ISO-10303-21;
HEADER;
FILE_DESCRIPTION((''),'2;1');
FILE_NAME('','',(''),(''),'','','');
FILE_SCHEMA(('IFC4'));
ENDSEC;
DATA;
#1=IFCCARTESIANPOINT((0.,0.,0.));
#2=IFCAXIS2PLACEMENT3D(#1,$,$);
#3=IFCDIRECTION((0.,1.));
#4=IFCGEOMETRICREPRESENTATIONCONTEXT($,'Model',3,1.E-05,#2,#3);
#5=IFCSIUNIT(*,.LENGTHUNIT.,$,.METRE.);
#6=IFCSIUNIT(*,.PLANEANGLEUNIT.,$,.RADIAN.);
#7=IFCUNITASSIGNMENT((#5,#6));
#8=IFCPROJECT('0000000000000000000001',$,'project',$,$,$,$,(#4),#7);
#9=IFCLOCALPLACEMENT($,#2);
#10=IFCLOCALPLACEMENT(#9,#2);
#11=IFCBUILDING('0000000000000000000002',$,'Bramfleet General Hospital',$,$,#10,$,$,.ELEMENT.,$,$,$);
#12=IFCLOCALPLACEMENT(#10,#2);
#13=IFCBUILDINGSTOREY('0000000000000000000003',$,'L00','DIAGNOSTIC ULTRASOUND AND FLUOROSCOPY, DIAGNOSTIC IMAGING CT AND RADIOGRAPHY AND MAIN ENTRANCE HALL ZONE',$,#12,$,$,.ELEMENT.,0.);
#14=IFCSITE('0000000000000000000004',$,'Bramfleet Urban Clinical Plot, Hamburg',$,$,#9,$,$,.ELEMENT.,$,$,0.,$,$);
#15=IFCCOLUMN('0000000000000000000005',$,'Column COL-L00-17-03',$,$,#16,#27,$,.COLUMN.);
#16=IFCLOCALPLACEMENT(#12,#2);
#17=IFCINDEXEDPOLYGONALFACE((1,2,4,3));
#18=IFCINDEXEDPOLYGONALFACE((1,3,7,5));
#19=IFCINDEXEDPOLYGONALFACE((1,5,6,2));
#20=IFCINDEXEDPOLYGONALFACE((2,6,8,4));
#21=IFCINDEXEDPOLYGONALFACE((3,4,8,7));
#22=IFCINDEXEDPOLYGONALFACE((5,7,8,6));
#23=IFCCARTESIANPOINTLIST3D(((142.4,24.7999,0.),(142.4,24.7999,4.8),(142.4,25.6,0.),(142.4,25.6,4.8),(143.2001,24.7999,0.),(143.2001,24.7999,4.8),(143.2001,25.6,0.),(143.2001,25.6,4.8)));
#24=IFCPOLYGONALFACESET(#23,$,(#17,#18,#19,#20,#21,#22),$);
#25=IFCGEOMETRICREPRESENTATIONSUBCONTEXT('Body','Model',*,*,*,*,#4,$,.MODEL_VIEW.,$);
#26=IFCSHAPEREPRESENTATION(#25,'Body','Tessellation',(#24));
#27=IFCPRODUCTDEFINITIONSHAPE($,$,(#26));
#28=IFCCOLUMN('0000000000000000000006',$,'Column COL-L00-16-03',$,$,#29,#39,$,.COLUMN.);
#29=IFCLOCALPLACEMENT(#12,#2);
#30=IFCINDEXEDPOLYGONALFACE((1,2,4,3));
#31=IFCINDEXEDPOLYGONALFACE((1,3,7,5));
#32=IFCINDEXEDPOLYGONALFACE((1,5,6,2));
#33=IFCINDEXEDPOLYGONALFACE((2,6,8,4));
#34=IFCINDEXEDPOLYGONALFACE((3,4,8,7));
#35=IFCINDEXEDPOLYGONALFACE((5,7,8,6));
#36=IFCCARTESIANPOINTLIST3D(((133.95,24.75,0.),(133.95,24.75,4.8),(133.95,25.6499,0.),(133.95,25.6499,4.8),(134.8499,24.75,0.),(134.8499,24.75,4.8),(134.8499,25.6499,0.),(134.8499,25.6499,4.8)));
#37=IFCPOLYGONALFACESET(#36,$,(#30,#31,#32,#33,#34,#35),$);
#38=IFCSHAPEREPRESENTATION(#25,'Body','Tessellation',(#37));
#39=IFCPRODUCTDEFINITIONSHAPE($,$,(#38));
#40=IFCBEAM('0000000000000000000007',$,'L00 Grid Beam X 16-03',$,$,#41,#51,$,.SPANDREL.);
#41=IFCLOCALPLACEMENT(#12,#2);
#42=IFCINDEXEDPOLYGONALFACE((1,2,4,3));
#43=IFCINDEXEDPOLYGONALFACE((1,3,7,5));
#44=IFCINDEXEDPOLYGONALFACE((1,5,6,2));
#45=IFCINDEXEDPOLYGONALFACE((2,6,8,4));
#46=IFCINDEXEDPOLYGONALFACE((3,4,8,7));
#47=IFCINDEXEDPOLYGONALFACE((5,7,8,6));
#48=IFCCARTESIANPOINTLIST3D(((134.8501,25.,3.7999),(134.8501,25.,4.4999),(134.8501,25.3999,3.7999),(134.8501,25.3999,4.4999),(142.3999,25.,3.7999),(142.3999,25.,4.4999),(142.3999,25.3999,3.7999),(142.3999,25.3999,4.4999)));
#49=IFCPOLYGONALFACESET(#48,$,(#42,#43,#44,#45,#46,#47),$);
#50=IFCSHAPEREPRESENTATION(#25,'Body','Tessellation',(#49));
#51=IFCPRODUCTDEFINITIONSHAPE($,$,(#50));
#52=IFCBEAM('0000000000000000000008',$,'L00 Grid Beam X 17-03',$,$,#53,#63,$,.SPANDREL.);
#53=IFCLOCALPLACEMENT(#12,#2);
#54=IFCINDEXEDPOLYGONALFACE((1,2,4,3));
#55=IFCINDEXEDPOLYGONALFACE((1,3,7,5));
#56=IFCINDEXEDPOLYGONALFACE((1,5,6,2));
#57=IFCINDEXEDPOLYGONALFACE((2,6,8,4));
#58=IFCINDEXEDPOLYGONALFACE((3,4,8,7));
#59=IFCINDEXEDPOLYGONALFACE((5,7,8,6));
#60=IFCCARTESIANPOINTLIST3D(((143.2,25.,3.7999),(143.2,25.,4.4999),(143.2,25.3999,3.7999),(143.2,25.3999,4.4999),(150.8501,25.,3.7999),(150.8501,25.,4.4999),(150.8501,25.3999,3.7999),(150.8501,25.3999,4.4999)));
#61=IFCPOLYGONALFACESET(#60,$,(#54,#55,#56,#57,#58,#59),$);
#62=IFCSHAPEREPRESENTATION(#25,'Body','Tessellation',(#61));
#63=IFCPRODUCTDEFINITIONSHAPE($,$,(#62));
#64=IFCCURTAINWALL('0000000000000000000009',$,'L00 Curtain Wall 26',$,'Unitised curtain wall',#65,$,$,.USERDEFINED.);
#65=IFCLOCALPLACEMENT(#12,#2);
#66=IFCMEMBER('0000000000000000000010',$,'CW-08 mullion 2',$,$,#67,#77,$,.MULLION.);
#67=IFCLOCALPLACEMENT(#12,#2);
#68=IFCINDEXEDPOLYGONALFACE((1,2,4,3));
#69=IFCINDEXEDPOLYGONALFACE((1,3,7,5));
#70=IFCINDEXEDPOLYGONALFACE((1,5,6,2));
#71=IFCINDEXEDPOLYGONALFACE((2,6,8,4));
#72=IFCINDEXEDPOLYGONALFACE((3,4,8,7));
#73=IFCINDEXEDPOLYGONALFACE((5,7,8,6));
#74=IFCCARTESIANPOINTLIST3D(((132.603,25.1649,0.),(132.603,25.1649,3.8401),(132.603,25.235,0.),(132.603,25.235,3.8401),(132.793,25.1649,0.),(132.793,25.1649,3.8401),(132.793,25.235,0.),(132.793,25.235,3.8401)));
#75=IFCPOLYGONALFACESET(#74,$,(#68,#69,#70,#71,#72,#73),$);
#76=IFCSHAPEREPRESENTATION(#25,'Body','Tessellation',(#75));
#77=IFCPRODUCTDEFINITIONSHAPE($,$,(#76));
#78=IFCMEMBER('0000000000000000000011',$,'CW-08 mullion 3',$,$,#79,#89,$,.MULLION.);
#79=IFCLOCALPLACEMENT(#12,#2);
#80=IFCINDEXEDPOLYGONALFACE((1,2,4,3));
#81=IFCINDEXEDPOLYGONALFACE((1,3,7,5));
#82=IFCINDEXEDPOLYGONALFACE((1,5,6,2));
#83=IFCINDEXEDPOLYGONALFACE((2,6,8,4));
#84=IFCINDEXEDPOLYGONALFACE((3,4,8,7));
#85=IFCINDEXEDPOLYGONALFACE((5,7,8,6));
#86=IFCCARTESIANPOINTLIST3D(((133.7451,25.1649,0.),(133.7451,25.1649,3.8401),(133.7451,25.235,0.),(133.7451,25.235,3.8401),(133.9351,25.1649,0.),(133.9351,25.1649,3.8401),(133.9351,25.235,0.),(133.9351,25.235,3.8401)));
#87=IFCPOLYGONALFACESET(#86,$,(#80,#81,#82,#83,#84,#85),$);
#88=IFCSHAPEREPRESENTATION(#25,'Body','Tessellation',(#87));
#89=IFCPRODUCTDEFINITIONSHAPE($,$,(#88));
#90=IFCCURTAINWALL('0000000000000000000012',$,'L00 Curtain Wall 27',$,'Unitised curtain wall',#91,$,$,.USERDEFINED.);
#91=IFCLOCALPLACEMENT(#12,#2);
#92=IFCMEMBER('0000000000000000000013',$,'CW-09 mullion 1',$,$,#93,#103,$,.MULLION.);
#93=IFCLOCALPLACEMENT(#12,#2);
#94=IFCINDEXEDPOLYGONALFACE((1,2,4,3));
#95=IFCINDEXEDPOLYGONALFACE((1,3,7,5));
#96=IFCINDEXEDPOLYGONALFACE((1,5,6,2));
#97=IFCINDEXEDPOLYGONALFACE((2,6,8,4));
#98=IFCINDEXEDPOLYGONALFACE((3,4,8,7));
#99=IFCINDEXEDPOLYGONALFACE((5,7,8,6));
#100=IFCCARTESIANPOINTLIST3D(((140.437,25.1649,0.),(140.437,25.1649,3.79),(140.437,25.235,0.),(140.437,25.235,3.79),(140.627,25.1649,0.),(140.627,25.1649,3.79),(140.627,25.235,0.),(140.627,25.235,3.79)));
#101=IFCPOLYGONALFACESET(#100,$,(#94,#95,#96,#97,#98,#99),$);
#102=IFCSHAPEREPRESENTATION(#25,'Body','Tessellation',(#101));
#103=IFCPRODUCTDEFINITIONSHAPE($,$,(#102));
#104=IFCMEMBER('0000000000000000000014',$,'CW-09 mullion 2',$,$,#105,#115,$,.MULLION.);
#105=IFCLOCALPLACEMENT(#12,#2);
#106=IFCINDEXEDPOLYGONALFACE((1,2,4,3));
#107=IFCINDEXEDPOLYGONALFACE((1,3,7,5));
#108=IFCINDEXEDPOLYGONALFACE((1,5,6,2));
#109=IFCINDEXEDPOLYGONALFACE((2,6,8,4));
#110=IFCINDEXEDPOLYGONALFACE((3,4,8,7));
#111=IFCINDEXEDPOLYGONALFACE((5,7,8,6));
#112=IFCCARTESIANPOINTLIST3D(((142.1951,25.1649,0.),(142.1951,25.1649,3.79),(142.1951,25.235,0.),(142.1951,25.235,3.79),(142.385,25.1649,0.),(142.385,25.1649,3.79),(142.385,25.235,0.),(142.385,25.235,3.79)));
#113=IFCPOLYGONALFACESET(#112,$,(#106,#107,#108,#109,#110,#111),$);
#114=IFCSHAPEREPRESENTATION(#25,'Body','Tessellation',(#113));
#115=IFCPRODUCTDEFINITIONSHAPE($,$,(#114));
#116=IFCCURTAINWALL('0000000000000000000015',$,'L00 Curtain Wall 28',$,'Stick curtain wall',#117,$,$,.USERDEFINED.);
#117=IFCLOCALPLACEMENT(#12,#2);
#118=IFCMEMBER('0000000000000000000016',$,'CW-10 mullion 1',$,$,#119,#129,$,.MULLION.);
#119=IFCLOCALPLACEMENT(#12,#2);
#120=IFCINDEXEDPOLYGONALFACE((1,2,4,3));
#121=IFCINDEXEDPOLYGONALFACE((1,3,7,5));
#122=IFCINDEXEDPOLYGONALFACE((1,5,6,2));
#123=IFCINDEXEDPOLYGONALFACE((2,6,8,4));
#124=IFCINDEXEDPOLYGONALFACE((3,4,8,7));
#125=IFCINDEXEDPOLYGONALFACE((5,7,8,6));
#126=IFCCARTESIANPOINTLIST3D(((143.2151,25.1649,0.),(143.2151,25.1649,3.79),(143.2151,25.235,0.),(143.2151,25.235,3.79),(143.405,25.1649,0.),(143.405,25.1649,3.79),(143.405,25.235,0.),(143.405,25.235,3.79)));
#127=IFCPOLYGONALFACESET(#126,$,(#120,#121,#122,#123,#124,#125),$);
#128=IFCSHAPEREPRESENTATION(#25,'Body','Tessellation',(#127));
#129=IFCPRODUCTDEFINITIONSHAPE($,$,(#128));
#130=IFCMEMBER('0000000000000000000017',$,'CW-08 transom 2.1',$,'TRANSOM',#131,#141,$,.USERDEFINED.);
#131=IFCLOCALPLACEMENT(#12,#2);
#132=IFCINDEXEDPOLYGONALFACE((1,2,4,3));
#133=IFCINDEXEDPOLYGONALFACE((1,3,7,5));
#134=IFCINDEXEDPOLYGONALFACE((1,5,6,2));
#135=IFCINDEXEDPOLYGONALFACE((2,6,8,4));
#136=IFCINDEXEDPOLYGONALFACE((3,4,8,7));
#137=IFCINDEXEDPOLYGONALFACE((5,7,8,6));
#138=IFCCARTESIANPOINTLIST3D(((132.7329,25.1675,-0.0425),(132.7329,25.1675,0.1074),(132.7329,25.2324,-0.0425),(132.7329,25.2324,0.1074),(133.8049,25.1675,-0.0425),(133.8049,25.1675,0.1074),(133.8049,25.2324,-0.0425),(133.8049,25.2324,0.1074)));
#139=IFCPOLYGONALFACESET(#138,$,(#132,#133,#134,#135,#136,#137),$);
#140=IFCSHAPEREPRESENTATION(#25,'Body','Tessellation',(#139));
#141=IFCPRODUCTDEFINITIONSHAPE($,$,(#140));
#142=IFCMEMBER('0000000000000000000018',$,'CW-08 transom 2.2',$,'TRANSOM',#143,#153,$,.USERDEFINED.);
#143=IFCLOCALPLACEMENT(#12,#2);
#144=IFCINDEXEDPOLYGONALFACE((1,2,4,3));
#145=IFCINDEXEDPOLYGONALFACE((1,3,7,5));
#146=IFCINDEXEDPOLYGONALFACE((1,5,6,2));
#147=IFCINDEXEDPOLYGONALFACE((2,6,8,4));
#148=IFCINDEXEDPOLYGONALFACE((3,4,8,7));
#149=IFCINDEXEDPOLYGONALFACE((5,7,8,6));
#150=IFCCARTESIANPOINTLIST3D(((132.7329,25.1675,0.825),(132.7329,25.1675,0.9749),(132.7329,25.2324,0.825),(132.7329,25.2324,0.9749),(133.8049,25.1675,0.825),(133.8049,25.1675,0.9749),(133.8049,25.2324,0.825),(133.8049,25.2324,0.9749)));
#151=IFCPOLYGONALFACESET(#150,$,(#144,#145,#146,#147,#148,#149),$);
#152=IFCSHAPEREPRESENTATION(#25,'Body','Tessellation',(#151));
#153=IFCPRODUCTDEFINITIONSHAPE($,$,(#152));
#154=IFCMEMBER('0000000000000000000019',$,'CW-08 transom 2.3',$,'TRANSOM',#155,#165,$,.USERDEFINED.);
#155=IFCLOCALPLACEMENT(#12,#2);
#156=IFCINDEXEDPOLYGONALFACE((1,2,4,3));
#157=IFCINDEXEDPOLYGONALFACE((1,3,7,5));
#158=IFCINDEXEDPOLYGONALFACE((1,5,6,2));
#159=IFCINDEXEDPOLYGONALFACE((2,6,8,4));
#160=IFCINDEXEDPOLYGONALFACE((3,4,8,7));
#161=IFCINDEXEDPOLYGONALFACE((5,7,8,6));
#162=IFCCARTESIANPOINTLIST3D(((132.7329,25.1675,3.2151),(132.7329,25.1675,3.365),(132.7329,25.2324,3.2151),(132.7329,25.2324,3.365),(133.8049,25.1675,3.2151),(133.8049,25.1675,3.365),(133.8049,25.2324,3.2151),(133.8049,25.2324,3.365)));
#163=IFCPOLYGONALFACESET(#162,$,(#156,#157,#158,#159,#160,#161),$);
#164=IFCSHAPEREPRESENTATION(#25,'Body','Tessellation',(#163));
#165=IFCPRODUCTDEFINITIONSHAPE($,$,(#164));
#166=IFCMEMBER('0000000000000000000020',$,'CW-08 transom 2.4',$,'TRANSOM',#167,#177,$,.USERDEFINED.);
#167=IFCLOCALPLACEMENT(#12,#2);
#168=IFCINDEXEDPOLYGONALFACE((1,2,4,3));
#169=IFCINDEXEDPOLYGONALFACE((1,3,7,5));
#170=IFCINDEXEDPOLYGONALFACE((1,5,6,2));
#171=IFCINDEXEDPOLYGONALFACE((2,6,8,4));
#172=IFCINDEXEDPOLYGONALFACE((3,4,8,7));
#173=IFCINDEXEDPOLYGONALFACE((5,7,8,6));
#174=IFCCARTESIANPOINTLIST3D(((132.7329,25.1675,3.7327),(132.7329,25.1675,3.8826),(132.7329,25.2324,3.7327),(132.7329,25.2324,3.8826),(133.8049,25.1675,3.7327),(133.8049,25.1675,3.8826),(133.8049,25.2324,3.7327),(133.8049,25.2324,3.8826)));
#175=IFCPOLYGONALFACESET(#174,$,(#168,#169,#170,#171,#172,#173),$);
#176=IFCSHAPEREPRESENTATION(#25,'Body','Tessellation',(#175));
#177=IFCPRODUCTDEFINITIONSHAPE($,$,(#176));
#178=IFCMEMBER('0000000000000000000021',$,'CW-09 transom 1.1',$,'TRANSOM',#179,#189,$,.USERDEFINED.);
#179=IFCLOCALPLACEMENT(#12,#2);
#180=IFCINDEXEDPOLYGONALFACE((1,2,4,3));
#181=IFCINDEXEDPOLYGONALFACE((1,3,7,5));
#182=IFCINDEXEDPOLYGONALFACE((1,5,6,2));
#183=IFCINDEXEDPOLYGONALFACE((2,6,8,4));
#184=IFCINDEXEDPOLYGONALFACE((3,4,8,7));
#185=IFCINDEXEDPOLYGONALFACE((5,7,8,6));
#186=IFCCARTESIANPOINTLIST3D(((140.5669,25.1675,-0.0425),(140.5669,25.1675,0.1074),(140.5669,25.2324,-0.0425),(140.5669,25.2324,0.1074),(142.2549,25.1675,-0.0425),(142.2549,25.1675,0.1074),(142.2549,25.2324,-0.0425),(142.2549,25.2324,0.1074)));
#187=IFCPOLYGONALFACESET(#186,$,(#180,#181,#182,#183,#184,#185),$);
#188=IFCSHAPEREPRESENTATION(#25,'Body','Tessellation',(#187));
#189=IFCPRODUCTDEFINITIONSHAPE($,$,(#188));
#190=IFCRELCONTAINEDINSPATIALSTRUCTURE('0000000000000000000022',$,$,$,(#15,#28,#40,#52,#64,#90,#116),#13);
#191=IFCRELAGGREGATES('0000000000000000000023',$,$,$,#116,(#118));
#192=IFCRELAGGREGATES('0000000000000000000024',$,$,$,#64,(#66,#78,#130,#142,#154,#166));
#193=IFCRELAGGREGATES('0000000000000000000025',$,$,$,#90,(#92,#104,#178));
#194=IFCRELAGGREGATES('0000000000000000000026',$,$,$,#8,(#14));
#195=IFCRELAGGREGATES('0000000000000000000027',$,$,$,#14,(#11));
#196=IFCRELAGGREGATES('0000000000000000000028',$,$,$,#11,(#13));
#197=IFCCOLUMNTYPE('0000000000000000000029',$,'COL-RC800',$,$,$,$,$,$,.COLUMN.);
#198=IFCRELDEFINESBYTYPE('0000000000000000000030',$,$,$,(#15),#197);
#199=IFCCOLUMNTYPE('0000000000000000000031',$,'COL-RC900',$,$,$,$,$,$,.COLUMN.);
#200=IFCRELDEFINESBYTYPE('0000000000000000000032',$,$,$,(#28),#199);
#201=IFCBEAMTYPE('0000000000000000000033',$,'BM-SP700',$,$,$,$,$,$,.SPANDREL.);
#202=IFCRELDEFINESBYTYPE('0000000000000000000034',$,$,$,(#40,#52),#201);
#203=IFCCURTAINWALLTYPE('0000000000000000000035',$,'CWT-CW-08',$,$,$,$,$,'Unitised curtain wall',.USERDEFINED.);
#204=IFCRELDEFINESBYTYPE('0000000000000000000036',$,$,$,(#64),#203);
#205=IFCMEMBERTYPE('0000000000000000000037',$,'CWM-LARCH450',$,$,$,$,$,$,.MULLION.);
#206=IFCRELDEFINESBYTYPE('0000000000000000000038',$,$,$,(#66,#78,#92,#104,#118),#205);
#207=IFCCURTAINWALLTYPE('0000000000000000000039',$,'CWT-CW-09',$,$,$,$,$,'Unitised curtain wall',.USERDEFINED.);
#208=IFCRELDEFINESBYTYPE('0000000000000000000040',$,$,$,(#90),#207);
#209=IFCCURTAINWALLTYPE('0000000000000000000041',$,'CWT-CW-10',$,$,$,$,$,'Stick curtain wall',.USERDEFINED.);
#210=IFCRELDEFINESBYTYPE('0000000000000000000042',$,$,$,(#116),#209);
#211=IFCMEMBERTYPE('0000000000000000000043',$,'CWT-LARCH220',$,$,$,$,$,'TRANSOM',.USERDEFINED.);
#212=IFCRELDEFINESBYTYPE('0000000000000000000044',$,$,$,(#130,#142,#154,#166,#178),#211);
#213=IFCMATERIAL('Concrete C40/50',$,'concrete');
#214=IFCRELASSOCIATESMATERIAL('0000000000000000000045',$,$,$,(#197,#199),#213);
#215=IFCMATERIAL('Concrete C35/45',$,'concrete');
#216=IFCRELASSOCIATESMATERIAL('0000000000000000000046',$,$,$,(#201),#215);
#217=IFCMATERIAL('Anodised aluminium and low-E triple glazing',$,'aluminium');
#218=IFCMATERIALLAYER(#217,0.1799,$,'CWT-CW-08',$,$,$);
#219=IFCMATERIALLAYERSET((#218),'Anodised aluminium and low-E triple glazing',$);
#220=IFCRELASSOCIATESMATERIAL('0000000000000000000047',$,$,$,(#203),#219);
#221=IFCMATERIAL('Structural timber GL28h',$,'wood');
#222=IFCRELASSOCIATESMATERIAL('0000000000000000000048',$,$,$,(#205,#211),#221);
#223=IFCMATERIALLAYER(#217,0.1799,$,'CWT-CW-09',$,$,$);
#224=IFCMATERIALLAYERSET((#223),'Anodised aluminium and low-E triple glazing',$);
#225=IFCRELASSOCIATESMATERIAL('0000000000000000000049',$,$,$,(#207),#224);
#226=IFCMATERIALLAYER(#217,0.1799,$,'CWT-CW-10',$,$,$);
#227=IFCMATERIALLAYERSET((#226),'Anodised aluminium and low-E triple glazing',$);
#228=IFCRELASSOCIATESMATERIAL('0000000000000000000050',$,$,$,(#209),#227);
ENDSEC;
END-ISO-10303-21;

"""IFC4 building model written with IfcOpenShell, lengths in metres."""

from ifc_helpers import new_model, si_unit, direction, frame, origin, origin_2d, place, context, subcontext, project, spatial, rectangle, extrude, material, layer, layer_set, material_profile, profile_set, type_object, element, aggregate, save


model = new_model("IFC4")

# Units and contexts
model_context = context("Model", 3, precision=1e-05, world=origin(), true_north=direction((0.0, 1.0)))
body_context = subcontext(model_context, "Body", "Model", "MODEL_VIEW")
ifc_project = project(units=[si_unit("LENGTHUNIT", "METRE"), si_unit("PLANEANGLEUNIT", "RADIAN")], contexts=[model_context])

# Site, building, storey
site_placement = place(None, origin())
site = spatial("IfcSite", under=ifc_project, at=site_placement, Name="Bramfleet Urban Clinical Plot, Hamburg", CompositionType="ELEMENT", RefElevation=0.0)
building_placement = place(site_placement, origin())
building = spatial("IfcBuilding", under=site, at=building_placement, Name="Bramfleet General Hospital", CompositionType="ELEMENT")
storey_placement = place(building_placement, origin())
storey = spatial("IfcBuildingStorey", under=building, at=storey_placement, Name="L00", Description="DIAGNOSTIC ULTRASOUND AND FLUOROSCOPY, DIAGNOSTIC IMAGING CT AND RADIOGRAPHY AND MAIN ENTRANCE HALL ZONE", CompositionType="ELEMENT", Elevation=0.0)

# Columns
ifc_material_1 = material(Name="Concrete C40/50", Category="concrete")
ifc_material_profile_1 = material_profile(ifc_material_1, rectangle(XDim=0.8, YDim=0.8, at=origin_2d()), Name="RC COL 800x800")
ifc_profile_set_1 = profile_set([ifc_material_profile_1], Name="Concrete C40/50")
column_type_1 = type_object("IfcColumnType", Name="COL-RC800", PredefinedType="COLUMN", material=ifc_profile_set_1)
column_1_placement = place(storey_placement, frame((142.8, 25.2, 0.0), z_axis=(0.0, 0.0, 1.0), x_axis=(1.0, 0.0, 0.0)))
element("IfcColumn", 1, at=column_1_placement, inside=storey, type_object=column_type_1, Name="Column COL-L00-17-03", PredefinedType="COLUMN", context=body_context, shape_type="SweptSolid", body=[
    extrude(rectangle(XDim=0.8, YDim=0.8, at=origin_2d()), origin(), (0.0, 0.0, 1.0), 4.8),
])
ifc_material_profile_2 = material_profile(ifc_material_1, rectangle(XDim=0.8999, YDim=0.8999, at=origin_2d()), Name="RC COL 900x900")
ifc_profile_set_2 = profile_set([ifc_material_profile_2], Name="Concrete C40/50")
column_type_2 = type_object("IfcColumnType", Name="COL-RC900", PredefinedType="COLUMN", material=ifc_profile_set_2)
column_2_placement = place(storey_placement, frame((134.3999, 25.2, 0.0), z_axis=(0.0, 0.0, 1.0), x_axis=(1.0, 0.0, 0.0)))
element("IfcColumn", 2, at=column_2_placement, inside=storey, type_object=column_type_2, Name="Column COL-L00-16-03", PredefinedType="COLUMN", context=body_context, shape_type="SweptSolid", body=[
    extrude(rectangle(XDim=0.8999, YDim=0.8999, at=origin_2d()), origin(), (0.0, 0.0, 1.0), 4.8),
])

# Beams
ifc_material_2 = material(Name="Concrete C35/45", Category="concrete")
ifc_material_profile_3 = material_profile(ifc_material_2, rectangle(XDim=0.3999, YDim=0.7, at=origin_2d()), Name="RC SP 700x400")
ifc_profile_set_3 = profile_set([ifc_material_profile_3], Name="Concrete C35/45")
beam_type = type_object("IfcBeamType", Name="BM-SP700", PredefinedType="SPANDREL", material=ifc_profile_set_3)
beam_1_placement = place(storey_placement, frame((134.8501, 25.2, 4.1499), z_axis=(1.0, 0.0, 0.0), x_axis=(0.0, 1.0, 0.0)))
element("IfcBeam", 3, at=beam_1_placement, inside=storey, type_object=beam_type, Name="L00 Grid Beam X 16-03", PredefinedType="SPANDREL", context=body_context, shape_type="SweptSolid", body=[
    extrude(rectangle(XDim=0.3999, YDim=0.7, at=origin_2d()), origin(), (0.0, 0.0, 1.0), 7.5498),
])
beam_2_placement = place(storey_placement, frame((143.2, 25.2, 4.1499), z_axis=(1.0, 0.0, 0.0), x_axis=(0.0, 1.0, 0.0)))
element("IfcBeam", 4, at=beam_2_placement, inside=storey, type_object=beam_type, Name="L00 Grid Beam X 17-03", PredefinedType="SPANDREL", context=body_context, shape_type="SweptSolid", body=[
    extrude(rectangle(XDim=0.3999, YDim=0.7, at=origin_2d()), origin(), (0.0, 0.0, 1.0), 7.6501),
])

# Curtain walls, members
ifc_material_3 = material(Name="Anodised aluminium and low-E triple glazing", Category="aluminium")
ifc_layer_1 = layer(ifc_material_3, 0.1799, Name="CWT-CW-08")
ifc_layer_set_1 = layer_set([ifc_layer_1], Name="Anodised aluminium and low-E triple glazing")
curtain_wall_type_1 = type_object("IfcCurtainWallType", Name="CWT-CW-08", ElementType="Unitised curtain wall", PredefinedType="USERDEFINED", material=ifc_layer_set_1)
curtain_wall_1_placement = place(storey_placement, origin())
curtain_wall_1 = element("IfcCurtainWall", 5, at=curtain_wall_1_placement, inside=storey, type_object=curtain_wall_type_1, Name="L00 Curtain Wall 26", ObjectType="Unitised curtain wall", PredefinedType="USERDEFINED")
ifc_material_4 = material(Name="Structural timber GL28h", Category="wood")
ifc_material_profile_4 = material_profile(ifc_material_4, rectangle(XDim=0.0701, YDim=0.1899, at=origin_2d()), Name="LARCH 190x70")
ifc_profile_set_4 = profile_set([ifc_material_profile_4], Name="Structural timber GL28h")
member_type_1 = type_object("IfcMemberType", Name="CWM-LARCH450", PredefinedType="MULLION", material=ifc_profile_set_4)
member_1_placement = place(storey_placement, frame((132.698, 25.2, 0.0), z_axis=(0.0, 0.0, 1.0), x_axis=(0.0, 1.0, 0.0)))
member_1 = element("IfcMember", 6, at=member_1_placement, type_object=member_type_1, Name="CW-08 mullion 2", PredefinedType="MULLION", context=body_context, shape_type="SweptSolid", body=[
    extrude(rectangle(XDim=0.0701, YDim=0.1899, at=origin_2d()), origin(), (0.0, 0.0, 1.0), 3.8401),
])
member_2_placement = place(storey_placement, frame((133.8401, 25.2, 0.0), z_axis=(0.0, 0.0, 1.0), x_axis=(0.0, 1.0, 0.0)))
member_2 = element("IfcMember", 7, at=member_2_placement, type_object=member_type_1, Name="CW-08 mullion 3", PredefinedType="MULLION", context=body_context, shape_type="SweptSolid", body=[
    extrude(rectangle(XDim=0.0701, YDim=0.1899, at=origin_2d()), origin(), (0.0, 0.0, 1.0), 3.8401),
])
ifc_layer_2 = layer(ifc_material_3, 0.1799, Name="CWT-CW-09")
ifc_layer_set_2 = layer_set([ifc_layer_2], Name="Anodised aluminium and low-E triple glazing")
curtain_wall_type_2 = type_object("IfcCurtainWallType", Name="CWT-CW-09", ElementType="Unitised curtain wall", PredefinedType="USERDEFINED", material=ifc_layer_set_2)
curtain_wall_2_placement = place(storey_placement, origin())
curtain_wall_2 = element("IfcCurtainWall", 8, at=curtain_wall_2_placement, inside=storey, type_object=curtain_wall_type_2, Name="L00 Curtain Wall 27", ObjectType="Unitised curtain wall", PredefinedType="USERDEFINED")
member_3_placement = place(storey_placement, frame((140.532, 25.2, 0.0), z_axis=(0.0, 0.0, 1.0), x_axis=(0.0, 1.0, 0.0)))
member_3 = element("IfcMember", 9, at=member_3_placement, type_object=member_type_1, Name="CW-09 mullion 1", PredefinedType="MULLION", context=body_context, shape_type="SweptSolid", body=[
    extrude(rectangle(XDim=0.0701, YDim=0.1899, at=origin_2d()), origin(), (0.0, 0.0, 1.0), 3.79),
])
member_4_placement = place(storey_placement, frame((142.29, 25.2, 0.0), z_axis=(0.0, 0.0, 1.0), x_axis=(0.0, 1.0, 0.0)))
member_4 = element("IfcMember", 10, at=member_4_placement, type_object=member_type_1, Name="CW-09 mullion 2", PredefinedType="MULLION", context=body_context, shape_type="SweptSolid", body=[
    extrude(rectangle(XDim=0.0701, YDim=0.1899, at=origin_2d()), origin(), (0.0, 0.0, 1.0), 3.79),
])

# Curtain wall, member
ifc_layer_3 = layer(ifc_material_3, 0.1799, Name="CWT-CW-10")
ifc_layer_set_3 = layer_set([ifc_layer_3], Name="Anodised aluminium and low-E triple glazing")
curtain_wall_type_3 = type_object("IfcCurtainWallType", Name="CWT-CW-10", ElementType="Stick curtain wall", PredefinedType="USERDEFINED", material=ifc_layer_set_3)
curtain_wall_3_placement = place(storey_placement, origin())
curtain_wall_3 = element("IfcCurtainWall", 11, at=curtain_wall_3_placement, inside=storey, type_object=curtain_wall_type_3, Name="L00 Curtain Wall 28", ObjectType="Stick curtain wall", PredefinedType="USERDEFINED")
member_5_placement = place(storey_placement, frame((143.3101, 25.2, 0.0), z_axis=(0.0, 0.0, 1.0), x_axis=(0.0, 1.0, 0.0)))
member_5 = element("IfcMember", 12, at=member_5_placement, type_object=member_type_1, Name="CW-10 mullion 1", PredefinedType="MULLION", context=body_context, shape_type="SweptSolid", body=[
    extrude(rectangle(XDim=0.0701, YDim=0.1899, at=origin_2d()), origin(), (0.0, 0.0, 1.0), 3.79),
])

# Members
ifc_material_profile_5 = material_profile(ifc_material_4, rectangle(XDim=0.0649, YDim=0.1499, at=origin_2d()), Name="LARCH 150x65")
ifc_profile_set_5 = profile_set([ifc_material_profile_5], Name="Structural timber GL28h")
member_type_2 = type_object("IfcMemberType", Name="CWT-LARCH220", ElementType="TRANSOM", PredefinedType="USERDEFINED", material=ifc_profile_set_5)
member_6_placement = place(storey_placement, frame((132.7329, 25.2, 0.0325), z_axis=(1.0, 0.0, 0.0), x_axis=(0.0, 1.0, 0.0)))
member_6 = element("IfcMember", 13, at=member_6_placement, type_object=member_type_2, Name="CW-08 transom 2.1", ObjectType="TRANSOM", PredefinedType="USERDEFINED", context=body_context, shape_type="SweptSolid", body=[
    extrude(rectangle(XDim=0.0649, YDim=0.1499, at=origin_2d()), origin(), (0.0, 0.0, 1.0), 1.072),
])
member_7_placement = place(storey_placement, frame((132.7329, 25.2, 0.8999), z_axis=(1.0, 0.0, 0.0), x_axis=(0.0, 1.0, 0.0)))
member_7 = element("IfcMember", 14, at=member_7_placement, type_object=member_type_2, Name="CW-08 transom 2.2", ObjectType="TRANSOM", PredefinedType="USERDEFINED", context=body_context, shape_type="SweptSolid", body=[
    extrude(rectangle(XDim=0.0649, YDim=0.1499, at=origin_2d()), origin(), (0.0, 0.0, 1.0), 1.072),
])
member_8_placement = place(storey_placement, frame((132.7329, 25.2, 3.29), z_axis=(1.0, 0.0, 0.0), x_axis=(0.0, 1.0, 0.0)))
member_8 = element("IfcMember", 15, at=member_8_placement, type_object=member_type_2, Name="CW-08 transom 2.3", ObjectType="TRANSOM", PredefinedType="USERDEFINED", context=body_context, shape_type="SweptSolid", body=[
    extrude(rectangle(XDim=0.0649, YDim=0.1499, at=origin_2d()), origin(), (0.0, 0.0, 1.0), 1.072),
])
member_9_placement = place(storey_placement, frame((132.7329, 25.2, 3.8076), z_axis=(1.0, 0.0, 0.0), x_axis=(0.0, 1.0, 0.0)))
member_9 = element("IfcMember", 16, at=member_9_placement, type_object=member_type_2, Name="CW-08 transom 2.4", ObjectType="TRANSOM", PredefinedType="USERDEFINED", context=body_context, shape_type="SweptSolid", body=[
    extrude(rectangle(XDim=0.0649, YDim=0.1499, at=origin_2d()), origin(), (0.0, 0.0, 1.0), 1.072),
])
member_10_placement = place(storey_placement, frame((140.5669, 25.2, 0.0325), z_axis=(1.0, 0.0, 0.0), x_axis=(0.0, 1.0, 0.0)))
member_10 = element("IfcMember", 17, at=member_10_placement, type_object=member_type_2, Name="CW-09 transom 1.1", ObjectType="TRANSOM", PredefinedType="USERDEFINED", context=body_context, shape_type="SweptSolid", body=[
    extrude(rectangle(XDim=0.0649, YDim=0.1499, at=origin_2d()), origin(), (0.0, 0.0, 1.0), 1.688),
])
aggregate(curtain_wall_3, [member_5])

aggregate(curtain_wall_1, [member_1, member_2, member_6, member_7, member_8, member_9])
aggregate(curtain_wall_2, [member_3, member_4, member_10])

save(model, "model.ifc")
